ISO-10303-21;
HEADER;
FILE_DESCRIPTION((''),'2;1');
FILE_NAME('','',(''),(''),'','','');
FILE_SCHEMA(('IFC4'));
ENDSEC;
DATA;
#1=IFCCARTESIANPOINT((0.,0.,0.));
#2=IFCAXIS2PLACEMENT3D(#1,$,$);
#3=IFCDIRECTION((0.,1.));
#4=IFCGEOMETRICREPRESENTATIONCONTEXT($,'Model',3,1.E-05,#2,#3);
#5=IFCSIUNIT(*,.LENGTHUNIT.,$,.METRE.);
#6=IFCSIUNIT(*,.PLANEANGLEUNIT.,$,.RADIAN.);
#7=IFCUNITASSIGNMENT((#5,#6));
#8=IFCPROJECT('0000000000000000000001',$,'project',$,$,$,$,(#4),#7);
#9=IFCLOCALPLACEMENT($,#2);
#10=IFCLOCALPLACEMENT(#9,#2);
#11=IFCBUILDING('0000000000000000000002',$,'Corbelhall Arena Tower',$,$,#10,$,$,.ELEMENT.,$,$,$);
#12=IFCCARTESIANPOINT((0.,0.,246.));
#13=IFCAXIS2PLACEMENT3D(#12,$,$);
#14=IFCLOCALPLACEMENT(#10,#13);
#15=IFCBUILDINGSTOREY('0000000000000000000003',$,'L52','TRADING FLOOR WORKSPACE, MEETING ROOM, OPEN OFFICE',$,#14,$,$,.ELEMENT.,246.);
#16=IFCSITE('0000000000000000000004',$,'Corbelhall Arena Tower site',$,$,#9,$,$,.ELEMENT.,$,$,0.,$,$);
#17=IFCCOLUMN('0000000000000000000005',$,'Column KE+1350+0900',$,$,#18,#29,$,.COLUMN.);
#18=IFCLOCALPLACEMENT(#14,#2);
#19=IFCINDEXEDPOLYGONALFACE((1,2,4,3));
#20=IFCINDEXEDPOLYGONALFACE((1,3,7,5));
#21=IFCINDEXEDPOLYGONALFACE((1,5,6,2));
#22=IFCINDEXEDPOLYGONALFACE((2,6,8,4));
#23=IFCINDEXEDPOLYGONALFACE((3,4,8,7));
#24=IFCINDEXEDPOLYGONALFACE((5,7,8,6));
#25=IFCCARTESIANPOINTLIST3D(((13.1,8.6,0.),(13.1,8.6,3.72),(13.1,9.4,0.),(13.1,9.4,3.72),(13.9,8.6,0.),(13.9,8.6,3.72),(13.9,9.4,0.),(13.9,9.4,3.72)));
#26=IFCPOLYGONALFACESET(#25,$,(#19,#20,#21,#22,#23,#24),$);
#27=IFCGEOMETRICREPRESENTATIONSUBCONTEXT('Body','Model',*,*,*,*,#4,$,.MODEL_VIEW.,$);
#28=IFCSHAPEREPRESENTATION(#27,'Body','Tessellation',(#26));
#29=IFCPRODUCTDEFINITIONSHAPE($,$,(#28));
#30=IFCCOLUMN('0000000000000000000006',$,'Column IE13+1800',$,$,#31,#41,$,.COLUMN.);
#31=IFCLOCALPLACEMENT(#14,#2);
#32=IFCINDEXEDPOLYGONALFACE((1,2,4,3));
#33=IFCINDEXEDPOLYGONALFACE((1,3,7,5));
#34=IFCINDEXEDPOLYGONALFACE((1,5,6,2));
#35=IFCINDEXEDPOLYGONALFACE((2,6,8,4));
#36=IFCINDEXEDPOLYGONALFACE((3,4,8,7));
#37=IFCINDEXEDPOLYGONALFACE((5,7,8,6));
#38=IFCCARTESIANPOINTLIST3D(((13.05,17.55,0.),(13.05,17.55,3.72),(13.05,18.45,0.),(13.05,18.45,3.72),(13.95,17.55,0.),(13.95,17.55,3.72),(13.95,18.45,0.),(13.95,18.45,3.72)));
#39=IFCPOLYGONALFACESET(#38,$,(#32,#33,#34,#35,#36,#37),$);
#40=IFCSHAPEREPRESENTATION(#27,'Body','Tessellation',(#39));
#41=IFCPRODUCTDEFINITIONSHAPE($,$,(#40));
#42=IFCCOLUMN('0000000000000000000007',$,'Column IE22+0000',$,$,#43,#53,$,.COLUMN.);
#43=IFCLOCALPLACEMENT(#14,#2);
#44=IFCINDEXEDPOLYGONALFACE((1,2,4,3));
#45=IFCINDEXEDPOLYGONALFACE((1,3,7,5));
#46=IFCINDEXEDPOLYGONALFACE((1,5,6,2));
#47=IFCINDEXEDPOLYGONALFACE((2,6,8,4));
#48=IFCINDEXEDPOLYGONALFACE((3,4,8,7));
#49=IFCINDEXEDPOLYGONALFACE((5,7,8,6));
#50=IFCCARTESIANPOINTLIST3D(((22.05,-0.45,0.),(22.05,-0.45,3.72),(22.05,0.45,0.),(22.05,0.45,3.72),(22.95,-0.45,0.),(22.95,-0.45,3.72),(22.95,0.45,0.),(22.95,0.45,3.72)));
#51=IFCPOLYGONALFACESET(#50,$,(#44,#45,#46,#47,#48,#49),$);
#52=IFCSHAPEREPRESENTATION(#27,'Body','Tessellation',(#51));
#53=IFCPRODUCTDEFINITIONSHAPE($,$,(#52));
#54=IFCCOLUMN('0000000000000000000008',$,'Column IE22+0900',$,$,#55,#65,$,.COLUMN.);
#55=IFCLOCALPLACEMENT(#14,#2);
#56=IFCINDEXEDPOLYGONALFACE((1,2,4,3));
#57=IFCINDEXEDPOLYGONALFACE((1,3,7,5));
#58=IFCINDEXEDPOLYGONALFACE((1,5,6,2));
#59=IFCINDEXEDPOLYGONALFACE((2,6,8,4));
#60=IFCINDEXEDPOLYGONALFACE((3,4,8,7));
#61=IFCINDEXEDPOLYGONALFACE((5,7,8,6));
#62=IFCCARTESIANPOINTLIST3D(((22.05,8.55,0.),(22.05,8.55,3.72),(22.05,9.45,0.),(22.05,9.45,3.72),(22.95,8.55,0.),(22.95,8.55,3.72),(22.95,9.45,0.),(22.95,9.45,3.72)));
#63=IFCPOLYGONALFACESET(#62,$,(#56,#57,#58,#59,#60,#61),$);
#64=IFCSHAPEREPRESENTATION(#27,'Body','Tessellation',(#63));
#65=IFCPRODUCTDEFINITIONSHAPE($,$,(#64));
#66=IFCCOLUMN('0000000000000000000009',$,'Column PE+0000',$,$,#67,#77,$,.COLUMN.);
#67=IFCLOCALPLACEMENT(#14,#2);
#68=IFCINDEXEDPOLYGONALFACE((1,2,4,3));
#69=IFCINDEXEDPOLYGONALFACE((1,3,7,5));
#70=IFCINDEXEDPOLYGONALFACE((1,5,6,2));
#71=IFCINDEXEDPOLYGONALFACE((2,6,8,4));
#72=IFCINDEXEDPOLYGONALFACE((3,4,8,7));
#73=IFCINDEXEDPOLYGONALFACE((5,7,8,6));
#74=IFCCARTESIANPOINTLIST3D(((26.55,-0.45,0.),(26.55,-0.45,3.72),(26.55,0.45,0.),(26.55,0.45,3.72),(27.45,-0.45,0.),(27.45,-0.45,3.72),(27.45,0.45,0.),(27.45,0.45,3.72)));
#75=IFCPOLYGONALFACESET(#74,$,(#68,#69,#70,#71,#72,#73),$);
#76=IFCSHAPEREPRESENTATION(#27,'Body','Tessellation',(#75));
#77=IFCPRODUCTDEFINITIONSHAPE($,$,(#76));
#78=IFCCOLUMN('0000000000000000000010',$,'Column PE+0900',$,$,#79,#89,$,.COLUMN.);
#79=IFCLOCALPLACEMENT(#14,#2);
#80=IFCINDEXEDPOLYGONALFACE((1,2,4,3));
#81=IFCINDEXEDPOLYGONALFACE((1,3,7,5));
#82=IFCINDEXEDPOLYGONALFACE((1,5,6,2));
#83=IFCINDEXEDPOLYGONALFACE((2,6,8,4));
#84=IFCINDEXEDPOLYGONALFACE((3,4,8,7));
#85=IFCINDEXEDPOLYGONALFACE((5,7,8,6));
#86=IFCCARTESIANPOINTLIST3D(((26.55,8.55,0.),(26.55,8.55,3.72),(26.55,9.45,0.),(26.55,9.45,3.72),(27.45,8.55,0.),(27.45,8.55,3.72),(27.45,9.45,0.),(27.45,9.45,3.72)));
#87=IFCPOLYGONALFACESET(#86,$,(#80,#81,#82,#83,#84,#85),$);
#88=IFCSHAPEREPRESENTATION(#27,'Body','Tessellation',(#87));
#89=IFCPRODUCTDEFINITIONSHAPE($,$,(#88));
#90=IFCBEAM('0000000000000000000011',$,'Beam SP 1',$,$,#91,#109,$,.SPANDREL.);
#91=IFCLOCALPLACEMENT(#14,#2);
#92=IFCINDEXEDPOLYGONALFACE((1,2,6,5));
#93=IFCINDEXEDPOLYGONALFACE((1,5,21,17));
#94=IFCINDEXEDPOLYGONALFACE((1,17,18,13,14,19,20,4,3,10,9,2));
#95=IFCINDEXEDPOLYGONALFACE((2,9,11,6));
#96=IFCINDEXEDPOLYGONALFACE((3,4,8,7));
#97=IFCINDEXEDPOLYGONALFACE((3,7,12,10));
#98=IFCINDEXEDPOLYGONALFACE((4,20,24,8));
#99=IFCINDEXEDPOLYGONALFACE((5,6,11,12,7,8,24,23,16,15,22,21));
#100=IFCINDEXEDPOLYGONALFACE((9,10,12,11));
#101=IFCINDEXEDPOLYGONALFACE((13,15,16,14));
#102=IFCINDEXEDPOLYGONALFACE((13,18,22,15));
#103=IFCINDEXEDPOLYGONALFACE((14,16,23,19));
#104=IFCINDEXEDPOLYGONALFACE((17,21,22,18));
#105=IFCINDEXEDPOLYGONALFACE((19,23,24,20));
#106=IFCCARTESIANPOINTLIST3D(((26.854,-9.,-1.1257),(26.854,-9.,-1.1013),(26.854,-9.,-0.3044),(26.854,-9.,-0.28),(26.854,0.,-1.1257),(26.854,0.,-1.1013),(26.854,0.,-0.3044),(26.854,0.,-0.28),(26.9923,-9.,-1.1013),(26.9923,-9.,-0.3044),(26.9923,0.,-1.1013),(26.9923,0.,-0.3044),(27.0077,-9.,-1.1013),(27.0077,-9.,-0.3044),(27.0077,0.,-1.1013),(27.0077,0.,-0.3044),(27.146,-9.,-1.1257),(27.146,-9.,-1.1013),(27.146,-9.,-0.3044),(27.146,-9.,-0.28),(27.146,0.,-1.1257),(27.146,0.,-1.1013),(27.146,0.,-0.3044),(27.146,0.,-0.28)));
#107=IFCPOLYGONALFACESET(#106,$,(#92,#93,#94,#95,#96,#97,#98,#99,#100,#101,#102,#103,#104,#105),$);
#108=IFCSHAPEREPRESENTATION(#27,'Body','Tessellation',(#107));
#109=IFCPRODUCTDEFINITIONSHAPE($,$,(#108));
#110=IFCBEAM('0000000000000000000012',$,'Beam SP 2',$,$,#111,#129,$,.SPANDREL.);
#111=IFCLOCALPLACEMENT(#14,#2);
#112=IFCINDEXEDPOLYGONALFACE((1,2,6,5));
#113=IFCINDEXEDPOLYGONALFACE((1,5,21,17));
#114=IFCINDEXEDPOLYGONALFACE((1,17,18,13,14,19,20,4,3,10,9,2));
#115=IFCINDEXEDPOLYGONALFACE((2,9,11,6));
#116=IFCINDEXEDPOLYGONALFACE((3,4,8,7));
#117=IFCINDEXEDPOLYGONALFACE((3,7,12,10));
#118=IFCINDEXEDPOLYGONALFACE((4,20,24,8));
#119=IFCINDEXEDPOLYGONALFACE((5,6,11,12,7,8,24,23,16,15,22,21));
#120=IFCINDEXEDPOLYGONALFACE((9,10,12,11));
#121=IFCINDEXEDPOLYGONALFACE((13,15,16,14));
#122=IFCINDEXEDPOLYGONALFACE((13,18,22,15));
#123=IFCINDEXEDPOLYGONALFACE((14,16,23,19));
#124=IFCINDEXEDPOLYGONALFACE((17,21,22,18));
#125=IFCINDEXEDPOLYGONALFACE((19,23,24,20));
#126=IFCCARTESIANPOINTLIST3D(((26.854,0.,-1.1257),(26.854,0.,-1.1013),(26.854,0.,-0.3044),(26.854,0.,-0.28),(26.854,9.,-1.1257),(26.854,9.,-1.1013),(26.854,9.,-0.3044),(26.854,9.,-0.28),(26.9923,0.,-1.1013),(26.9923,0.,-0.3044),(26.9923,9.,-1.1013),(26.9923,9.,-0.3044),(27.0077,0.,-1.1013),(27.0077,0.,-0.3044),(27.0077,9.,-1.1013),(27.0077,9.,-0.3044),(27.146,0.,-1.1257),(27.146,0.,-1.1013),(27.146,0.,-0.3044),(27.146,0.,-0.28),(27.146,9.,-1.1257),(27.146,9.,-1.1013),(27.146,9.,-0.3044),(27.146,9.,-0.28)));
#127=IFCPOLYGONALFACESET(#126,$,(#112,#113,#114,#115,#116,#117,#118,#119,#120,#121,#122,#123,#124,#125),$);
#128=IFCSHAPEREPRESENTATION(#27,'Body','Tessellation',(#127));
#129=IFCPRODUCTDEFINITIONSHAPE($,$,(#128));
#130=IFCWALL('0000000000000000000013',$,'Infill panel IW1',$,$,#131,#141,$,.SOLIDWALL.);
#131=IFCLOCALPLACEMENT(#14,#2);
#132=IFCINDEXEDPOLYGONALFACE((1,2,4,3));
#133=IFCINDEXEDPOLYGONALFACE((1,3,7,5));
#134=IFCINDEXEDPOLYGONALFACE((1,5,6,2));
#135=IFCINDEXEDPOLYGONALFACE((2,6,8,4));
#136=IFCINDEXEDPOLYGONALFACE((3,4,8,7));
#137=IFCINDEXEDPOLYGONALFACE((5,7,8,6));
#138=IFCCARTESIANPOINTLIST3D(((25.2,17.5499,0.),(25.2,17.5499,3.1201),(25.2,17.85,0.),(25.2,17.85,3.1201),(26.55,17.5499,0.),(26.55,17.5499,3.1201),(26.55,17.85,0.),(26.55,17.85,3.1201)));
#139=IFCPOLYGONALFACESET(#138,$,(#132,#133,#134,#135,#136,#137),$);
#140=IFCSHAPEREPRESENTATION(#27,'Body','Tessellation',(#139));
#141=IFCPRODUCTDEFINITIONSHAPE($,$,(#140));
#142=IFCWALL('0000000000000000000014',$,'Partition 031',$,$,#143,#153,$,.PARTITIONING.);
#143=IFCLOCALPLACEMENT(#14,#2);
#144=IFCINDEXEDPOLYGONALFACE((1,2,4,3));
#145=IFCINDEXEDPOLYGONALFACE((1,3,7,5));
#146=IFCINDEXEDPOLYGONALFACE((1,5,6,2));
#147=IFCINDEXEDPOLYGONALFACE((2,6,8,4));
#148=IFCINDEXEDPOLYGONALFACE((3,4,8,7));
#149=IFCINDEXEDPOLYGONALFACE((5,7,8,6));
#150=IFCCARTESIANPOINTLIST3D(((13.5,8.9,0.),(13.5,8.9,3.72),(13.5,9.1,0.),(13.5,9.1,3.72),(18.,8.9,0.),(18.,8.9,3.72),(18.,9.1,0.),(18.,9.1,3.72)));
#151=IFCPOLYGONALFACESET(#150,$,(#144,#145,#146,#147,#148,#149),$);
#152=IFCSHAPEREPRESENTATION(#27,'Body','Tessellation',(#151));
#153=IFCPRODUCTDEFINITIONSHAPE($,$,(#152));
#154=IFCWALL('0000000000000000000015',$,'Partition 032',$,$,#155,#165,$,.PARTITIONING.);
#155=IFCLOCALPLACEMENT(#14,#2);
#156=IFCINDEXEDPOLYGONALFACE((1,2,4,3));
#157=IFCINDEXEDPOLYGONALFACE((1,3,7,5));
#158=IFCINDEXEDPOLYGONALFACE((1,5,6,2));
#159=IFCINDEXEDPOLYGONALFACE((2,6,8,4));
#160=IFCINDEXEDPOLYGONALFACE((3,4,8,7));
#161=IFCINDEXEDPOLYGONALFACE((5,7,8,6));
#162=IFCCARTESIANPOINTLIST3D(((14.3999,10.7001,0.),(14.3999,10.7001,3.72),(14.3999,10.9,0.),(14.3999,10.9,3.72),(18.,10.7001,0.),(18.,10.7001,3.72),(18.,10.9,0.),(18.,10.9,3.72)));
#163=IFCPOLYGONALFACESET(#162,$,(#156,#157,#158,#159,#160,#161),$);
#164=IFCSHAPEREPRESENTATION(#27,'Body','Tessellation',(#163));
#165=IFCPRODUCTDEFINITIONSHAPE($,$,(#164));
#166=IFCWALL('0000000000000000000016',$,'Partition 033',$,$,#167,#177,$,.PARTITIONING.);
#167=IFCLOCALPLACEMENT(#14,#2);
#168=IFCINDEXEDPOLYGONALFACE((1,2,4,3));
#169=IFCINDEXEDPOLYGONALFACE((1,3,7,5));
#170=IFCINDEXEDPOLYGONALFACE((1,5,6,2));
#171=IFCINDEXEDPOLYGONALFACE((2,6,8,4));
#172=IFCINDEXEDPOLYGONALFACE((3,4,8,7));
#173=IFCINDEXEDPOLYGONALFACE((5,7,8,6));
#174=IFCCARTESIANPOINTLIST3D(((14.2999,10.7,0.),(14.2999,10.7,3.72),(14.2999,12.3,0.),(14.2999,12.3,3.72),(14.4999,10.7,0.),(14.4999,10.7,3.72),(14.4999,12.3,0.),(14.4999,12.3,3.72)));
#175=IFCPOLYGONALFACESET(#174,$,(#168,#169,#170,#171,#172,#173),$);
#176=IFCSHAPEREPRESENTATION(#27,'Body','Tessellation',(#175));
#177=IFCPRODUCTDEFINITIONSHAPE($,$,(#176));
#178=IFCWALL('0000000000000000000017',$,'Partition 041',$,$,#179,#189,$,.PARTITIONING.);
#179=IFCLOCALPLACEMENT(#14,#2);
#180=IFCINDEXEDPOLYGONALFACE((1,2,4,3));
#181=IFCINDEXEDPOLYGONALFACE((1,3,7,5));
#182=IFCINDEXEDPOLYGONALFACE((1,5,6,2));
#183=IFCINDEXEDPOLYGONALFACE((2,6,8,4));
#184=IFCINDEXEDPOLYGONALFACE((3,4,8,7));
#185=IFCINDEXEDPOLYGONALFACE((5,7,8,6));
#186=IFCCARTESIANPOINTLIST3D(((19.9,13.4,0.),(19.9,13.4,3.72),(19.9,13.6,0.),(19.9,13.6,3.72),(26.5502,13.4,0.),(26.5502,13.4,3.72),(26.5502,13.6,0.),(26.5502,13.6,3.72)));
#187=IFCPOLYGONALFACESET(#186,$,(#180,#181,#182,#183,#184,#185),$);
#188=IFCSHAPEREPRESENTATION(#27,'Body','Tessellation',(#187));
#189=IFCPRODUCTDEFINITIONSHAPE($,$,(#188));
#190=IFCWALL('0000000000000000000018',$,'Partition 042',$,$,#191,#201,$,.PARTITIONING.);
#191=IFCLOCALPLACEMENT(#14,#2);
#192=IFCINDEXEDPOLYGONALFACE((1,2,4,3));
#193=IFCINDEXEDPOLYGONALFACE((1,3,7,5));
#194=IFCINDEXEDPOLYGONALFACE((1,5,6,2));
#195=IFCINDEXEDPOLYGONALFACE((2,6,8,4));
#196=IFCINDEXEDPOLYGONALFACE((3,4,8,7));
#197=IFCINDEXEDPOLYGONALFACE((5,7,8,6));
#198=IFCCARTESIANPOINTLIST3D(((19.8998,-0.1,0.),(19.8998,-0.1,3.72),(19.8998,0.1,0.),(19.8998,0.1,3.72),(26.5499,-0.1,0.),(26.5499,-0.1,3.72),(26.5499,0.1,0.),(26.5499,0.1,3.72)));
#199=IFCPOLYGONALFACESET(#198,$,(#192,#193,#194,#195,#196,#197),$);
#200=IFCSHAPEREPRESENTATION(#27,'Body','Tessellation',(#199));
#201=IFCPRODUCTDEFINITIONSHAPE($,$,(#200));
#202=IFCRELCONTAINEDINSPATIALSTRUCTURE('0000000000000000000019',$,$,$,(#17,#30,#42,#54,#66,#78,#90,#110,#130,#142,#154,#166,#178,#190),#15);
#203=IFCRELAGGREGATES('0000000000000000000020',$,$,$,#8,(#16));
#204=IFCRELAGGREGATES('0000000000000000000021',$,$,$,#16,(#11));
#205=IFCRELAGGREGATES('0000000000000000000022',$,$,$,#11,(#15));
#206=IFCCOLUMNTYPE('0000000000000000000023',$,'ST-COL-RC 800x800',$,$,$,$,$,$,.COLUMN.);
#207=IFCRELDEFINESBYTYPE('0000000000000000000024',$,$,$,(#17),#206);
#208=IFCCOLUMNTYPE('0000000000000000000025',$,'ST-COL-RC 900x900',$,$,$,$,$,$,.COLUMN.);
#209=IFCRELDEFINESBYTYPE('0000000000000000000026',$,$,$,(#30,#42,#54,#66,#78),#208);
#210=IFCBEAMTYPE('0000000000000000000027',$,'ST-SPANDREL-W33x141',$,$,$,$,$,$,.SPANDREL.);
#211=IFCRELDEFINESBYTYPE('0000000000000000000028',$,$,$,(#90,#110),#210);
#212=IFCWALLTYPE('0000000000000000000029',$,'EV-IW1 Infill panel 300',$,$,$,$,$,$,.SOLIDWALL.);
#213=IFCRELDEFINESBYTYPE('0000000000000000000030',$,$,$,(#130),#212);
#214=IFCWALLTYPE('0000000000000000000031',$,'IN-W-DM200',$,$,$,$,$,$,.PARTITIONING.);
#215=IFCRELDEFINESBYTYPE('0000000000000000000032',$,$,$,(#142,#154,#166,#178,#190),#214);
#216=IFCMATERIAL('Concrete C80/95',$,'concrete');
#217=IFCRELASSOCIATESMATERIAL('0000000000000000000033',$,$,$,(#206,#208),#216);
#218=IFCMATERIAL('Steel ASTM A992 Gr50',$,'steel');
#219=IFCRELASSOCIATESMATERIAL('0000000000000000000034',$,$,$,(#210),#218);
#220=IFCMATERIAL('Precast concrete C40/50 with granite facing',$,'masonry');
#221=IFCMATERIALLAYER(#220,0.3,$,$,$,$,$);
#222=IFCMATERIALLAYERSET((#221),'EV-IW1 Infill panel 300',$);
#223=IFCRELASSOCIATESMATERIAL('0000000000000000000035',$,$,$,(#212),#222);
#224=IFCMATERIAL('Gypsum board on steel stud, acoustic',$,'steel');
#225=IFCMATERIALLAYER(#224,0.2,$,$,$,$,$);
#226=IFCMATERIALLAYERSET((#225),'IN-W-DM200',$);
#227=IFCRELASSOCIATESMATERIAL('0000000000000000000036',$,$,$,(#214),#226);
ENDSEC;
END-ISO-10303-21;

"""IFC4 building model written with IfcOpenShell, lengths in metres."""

from ifc_helpers import new_model, si_unit, direction, frame, frame_2d, origin, origin_2d, place, context, subcontext, project, spatial, rectangle, i_section, extrude, material, layer, layer_set, material_profile, profile_set, type_object, element, save


model = new_model("IFC4")

# Units and contexts
model_context = context("Model", 3, precision=1e-05, world=origin(), true_north=direction((0.0, 1.0)))
body_context = subcontext(model_context, "Body", "Model", "MODEL_VIEW")
ifc_project = project(units=[si_unit("LENGTHUNIT", "METRE"), si_unit("PLANEANGLEUNIT", "RADIAN")], contexts=[model_context])

# Site, building, storey
site_placement = place(None, origin())
site = spatial("IfcSite", under=ifc_project, at=site_placement, Name="Corbelhall Arena Tower site", CompositionType="ELEMENT", RefElevation=0.0)
building_placement = place(site_placement, origin())
building = spatial("IfcBuilding", under=site, at=building_placement, Name="Corbelhall Arena Tower", CompositionType="ELEMENT")
storey_placement = place(building_placement, frame((0.0, 0.0, 246.0)))
storey = spatial("IfcBuildingStorey", under=building, at=storey_placement, Name="L52", Description="TRADING FLOOR WORKSPACE, MEETING ROOM, OPEN OFFICE", CompositionType="ELEMENT", Elevation=246.0)

# Columns
ifc_material_1 = material(Name="Concrete C80/95", Category="concrete")
ifc_material_profile_1 = material_profile(ifc_material_1, rectangle(XDim=0.8, YDim=0.8, at=origin_2d()))
ifc_profile_set_1 = profile_set([ifc_material_profile_1], Name="Concrete C80/95")
column_type_1 = type_object("IfcColumnType", Name="ST-COL-RC 800x800", PredefinedType="COLUMN", material=ifc_profile_set_1)
column_placement = place(storey_placement, frame((13.5, 9.0, 0.0), z_axis=(0.0, 0.0, 1.0), x_axis=(1.0, 0.0, 0.0)))
element("IfcColumn", 1, at=column_placement, inside=storey, type_object=column_type_1, Name="Column KE+1350+0900", PredefinedType="COLUMN", context=body_context, shape_type="SweptSolid", body=[
    extrude(rectangle(XDim=0.8, YDim=0.8, at=origin_2d()), origin(), (0.0, 0.0, 1.0), 3.72),
])
ifc_material_profile_2 = material_profile(ifc_material_1, rectangle(XDim=0.8999, YDim=0.8999, at=origin_2d()))
ifc_profile_set_2 = profile_set([ifc_material_profile_2], Name="Concrete C80/95")
column_type_2 = type_object("IfcColumnType", Name="ST-COL-RC 900x900", PredefinedType="COLUMN", material=ifc_profile_set_2)
for number, where, z_axis, x_axis, name in (
    (2, (13.5, 18.0, 0.0), (0.0, 0.0, 1.0), (1.0, 0.0, 0.0), "Column IE13+1800"),
    (3, (22.5, 0.0, 0.0), (0.0, 0.0, 1.0), (1.0, 0.0, 0.0), "Column IE22+0000"),
    (4, (22.5, 9.0, 0.0), (0.0, 0.0, 1.0), (1.0, 0.0, 0.0), "Column IE22+0900"),
    (5, (27.0, 0.0, 0.0), (0.0, 0.0, 1.0), (0.0, 1.0, 0.0), "Column PE+0000"),
    (6, (27.0, 9.0, 0.0), (0.0, 0.0, 1.0), (0.0, 1.0, 0.0), "Column PE+0900"),
):
    element("IfcColumn", number, at=place(storey_placement, frame(where, z_axis=z_axis, x_axis=x_axis)), inside=storey, type_object=column_type_2, Name=name, PredefinedType="COLUMN", context=body_context, shape_type="SweptSolid", body=[
        extrude(rectangle(XDim=0.8999, YDim=0.8999, at=origin_2d()), origin(), (0.0, 0.0, 1.0), 3.72),
    ])

# Beams
ifc_material_2 = material(Name="Steel ASTM A992 Gr50", Category="steel")
ifc_material_profile_3 = material_profile(ifc_material_2, i_section(OverallWidth=0.292, OverallDepth=0.8457, WebThickness=0.0154, FlangeThickness=0.0244, at=origin_2d()))
ifc_profile_set_3 = profile_set([ifc_material_profile_3], Name="Steel ASTM A992 Gr50")
beam_type = type_object("IfcBeamType", Name="ST-SPANDREL-W33x141", PredefinedType="SPANDREL", material=ifc_profile_set_3)
for number, where, z_axis, x_axis, name in (
    (7, (27.0, 0.0, -0.7029), (0.0, -1.0, 0.0), (1.0, 0.0, 0.0), "Beam SP 1"),
    (8, (27.0, 9.0, -0.7029), (0.0, -1.0, 0.0), (1.0, 0.0, 0.0), "Beam SP 2"),
):
    element("IfcBeam", number, at=place(storey_placement, frame(where, z_axis=z_axis, x_axis=x_axis)), inside=storey, type_object=beam_type, Name=name, PredefinedType="SPANDREL", context=body_context, shape_type="SweptSolid", body=[
        extrude(i_section(OverallWidth=0.292, OverallDepth=0.8457, WebThickness=0.0154, FlangeThickness=0.0244, at=origin_2d()), origin(), (0.0, 0.0, 1.0), 9.0),
    ])

# Shared definitions
ifc_material_3 = material(Name="Precast concrete C40/50 with granite facing", Category="masonry")
ifc_layer_1 = layer(ifc_material_3, 0.3)
ifc_layer_set_1 = layer_set([ifc_layer_1], Name="EV-IW1 Infill panel 300")
wall_type_1 = type_object("IfcWallType", Name="EV-IW1 Infill panel 300", PredefinedType="SOLIDWALL", material=ifc_layer_set_1)

# Walls
wall_1_placement = place(storey_placement, frame((26.55, 17.7, 0.0), z_axis=(0.0, 0.0, 1.0), x_axis=(-1.0, 0.0, 0.0)))
element("IfcWall", 9, at=wall_1_placement, inside=storey, type_object=wall_type_1, Name="Infill panel IW1", PredefinedType="SOLIDWALL", context=body_context, shape_type="SweptSolid", body=[
    extrude(rectangle(XDim=1.3501, YDim=0.3, at=frame_2d((0.675, 0.0))), origin(), (0.0, 0.0, 1.0), 3.1201),
])
ifc_material_4 = material(Name="Gypsum board on steel stud, acoustic", Category="steel")
ifc_layer_2 = layer(ifc_material_4, 0.2)
ifc_layer_set_2 = layer_set([ifc_layer_2], Name="IN-W-DM200")
wall_type_2 = type_object("IfcWallType", Name="IN-W-DM200", PredefinedType="PARTITIONING", material=ifc_layer_set_2)
wall_2_placement = place(storey_placement, frame((18.0, 9.0, 0.0), z_axis=(0.0, 0.0, 1.0), x_axis=(-1.0, 0.0, 0.0)))
element("IfcWall", 10, at=wall_2_placement, inside=storey, type_object=wall_type_2, Name="Partition 031", PredefinedType="PARTITIONING", context=body_context, shape_type="SweptSolid", body=[
    extrude(rectangle(XDim=4.5, YDim=0.2, at=frame_2d((2.25, 0.0))), origin(), (0.0, 0.0, 1.0), 3.72),
])
wall_3_placement = place(storey_placement, frame((14.3999, 10.8, 0.0), z_axis=(0.0, 0.0, 1.0), x_axis=(1.0, 0.0, 0.0)))
element("IfcWall", 11, at=wall_3_placement, inside=storey, type_object=wall_type_2, Name="Partition 032", PredefinedType="PARTITIONING", context=body_context, shape_type="SweptSolid", body=[
    extrude(rectangle(XDim=3.6001, YDim=0.2, at=frame_2d((1.8, 0.0))), origin(), (0.0, 0.0, 1.0), 3.72),
])
wall_4_placement = place(storey_placement, frame((14.3999, 12.3, 0.0), z_axis=(0.0, 0.0, 1.0), x_axis=(0.0, -1.0, 0.0)))
element("IfcWall", 12, at=wall_4_placement, inside=storey, type_object=wall_type_2, Name="Partition 033", PredefinedType="PARTITIONING", context=body_context, shape_type="SweptSolid", body=[
    extrude(rectangle(XDim=1.6001, YDim=0.2, at=frame_2d((0.8, 0.0))), origin(), (0.0, 0.0, 1.0), 3.72),
])

# Walls
for number, where, z_axis, x_axis, name in (
    (13, (19.8999, 13.5, 0.0), (0.0, 0.0, 1.0), (1.0, 0.0, 0.0), "Partition 041"),
    (14, (26.55, 0.0, 0.0), (0.0, 0.0, 1.0), (-1.0, 0.0, 0.0), "Partition 042"),
):
    element("IfcWall", number, at=place(storey_placement, frame(where, z_axis=z_axis, x_axis=x_axis)), inside=storey, type_object=wall_type_2, Name=name, PredefinedType="PARTITIONING", context=body_context, shape_type="SweptSolid", body=[
        extrude(rectangle(XDim=6.6501, YDim=0.2, at=frame_2d((3.3252, 0.0))), origin(), (0.0, 0.0, 1.0), 3.72),
    ])

save(model, "model.ifc")
